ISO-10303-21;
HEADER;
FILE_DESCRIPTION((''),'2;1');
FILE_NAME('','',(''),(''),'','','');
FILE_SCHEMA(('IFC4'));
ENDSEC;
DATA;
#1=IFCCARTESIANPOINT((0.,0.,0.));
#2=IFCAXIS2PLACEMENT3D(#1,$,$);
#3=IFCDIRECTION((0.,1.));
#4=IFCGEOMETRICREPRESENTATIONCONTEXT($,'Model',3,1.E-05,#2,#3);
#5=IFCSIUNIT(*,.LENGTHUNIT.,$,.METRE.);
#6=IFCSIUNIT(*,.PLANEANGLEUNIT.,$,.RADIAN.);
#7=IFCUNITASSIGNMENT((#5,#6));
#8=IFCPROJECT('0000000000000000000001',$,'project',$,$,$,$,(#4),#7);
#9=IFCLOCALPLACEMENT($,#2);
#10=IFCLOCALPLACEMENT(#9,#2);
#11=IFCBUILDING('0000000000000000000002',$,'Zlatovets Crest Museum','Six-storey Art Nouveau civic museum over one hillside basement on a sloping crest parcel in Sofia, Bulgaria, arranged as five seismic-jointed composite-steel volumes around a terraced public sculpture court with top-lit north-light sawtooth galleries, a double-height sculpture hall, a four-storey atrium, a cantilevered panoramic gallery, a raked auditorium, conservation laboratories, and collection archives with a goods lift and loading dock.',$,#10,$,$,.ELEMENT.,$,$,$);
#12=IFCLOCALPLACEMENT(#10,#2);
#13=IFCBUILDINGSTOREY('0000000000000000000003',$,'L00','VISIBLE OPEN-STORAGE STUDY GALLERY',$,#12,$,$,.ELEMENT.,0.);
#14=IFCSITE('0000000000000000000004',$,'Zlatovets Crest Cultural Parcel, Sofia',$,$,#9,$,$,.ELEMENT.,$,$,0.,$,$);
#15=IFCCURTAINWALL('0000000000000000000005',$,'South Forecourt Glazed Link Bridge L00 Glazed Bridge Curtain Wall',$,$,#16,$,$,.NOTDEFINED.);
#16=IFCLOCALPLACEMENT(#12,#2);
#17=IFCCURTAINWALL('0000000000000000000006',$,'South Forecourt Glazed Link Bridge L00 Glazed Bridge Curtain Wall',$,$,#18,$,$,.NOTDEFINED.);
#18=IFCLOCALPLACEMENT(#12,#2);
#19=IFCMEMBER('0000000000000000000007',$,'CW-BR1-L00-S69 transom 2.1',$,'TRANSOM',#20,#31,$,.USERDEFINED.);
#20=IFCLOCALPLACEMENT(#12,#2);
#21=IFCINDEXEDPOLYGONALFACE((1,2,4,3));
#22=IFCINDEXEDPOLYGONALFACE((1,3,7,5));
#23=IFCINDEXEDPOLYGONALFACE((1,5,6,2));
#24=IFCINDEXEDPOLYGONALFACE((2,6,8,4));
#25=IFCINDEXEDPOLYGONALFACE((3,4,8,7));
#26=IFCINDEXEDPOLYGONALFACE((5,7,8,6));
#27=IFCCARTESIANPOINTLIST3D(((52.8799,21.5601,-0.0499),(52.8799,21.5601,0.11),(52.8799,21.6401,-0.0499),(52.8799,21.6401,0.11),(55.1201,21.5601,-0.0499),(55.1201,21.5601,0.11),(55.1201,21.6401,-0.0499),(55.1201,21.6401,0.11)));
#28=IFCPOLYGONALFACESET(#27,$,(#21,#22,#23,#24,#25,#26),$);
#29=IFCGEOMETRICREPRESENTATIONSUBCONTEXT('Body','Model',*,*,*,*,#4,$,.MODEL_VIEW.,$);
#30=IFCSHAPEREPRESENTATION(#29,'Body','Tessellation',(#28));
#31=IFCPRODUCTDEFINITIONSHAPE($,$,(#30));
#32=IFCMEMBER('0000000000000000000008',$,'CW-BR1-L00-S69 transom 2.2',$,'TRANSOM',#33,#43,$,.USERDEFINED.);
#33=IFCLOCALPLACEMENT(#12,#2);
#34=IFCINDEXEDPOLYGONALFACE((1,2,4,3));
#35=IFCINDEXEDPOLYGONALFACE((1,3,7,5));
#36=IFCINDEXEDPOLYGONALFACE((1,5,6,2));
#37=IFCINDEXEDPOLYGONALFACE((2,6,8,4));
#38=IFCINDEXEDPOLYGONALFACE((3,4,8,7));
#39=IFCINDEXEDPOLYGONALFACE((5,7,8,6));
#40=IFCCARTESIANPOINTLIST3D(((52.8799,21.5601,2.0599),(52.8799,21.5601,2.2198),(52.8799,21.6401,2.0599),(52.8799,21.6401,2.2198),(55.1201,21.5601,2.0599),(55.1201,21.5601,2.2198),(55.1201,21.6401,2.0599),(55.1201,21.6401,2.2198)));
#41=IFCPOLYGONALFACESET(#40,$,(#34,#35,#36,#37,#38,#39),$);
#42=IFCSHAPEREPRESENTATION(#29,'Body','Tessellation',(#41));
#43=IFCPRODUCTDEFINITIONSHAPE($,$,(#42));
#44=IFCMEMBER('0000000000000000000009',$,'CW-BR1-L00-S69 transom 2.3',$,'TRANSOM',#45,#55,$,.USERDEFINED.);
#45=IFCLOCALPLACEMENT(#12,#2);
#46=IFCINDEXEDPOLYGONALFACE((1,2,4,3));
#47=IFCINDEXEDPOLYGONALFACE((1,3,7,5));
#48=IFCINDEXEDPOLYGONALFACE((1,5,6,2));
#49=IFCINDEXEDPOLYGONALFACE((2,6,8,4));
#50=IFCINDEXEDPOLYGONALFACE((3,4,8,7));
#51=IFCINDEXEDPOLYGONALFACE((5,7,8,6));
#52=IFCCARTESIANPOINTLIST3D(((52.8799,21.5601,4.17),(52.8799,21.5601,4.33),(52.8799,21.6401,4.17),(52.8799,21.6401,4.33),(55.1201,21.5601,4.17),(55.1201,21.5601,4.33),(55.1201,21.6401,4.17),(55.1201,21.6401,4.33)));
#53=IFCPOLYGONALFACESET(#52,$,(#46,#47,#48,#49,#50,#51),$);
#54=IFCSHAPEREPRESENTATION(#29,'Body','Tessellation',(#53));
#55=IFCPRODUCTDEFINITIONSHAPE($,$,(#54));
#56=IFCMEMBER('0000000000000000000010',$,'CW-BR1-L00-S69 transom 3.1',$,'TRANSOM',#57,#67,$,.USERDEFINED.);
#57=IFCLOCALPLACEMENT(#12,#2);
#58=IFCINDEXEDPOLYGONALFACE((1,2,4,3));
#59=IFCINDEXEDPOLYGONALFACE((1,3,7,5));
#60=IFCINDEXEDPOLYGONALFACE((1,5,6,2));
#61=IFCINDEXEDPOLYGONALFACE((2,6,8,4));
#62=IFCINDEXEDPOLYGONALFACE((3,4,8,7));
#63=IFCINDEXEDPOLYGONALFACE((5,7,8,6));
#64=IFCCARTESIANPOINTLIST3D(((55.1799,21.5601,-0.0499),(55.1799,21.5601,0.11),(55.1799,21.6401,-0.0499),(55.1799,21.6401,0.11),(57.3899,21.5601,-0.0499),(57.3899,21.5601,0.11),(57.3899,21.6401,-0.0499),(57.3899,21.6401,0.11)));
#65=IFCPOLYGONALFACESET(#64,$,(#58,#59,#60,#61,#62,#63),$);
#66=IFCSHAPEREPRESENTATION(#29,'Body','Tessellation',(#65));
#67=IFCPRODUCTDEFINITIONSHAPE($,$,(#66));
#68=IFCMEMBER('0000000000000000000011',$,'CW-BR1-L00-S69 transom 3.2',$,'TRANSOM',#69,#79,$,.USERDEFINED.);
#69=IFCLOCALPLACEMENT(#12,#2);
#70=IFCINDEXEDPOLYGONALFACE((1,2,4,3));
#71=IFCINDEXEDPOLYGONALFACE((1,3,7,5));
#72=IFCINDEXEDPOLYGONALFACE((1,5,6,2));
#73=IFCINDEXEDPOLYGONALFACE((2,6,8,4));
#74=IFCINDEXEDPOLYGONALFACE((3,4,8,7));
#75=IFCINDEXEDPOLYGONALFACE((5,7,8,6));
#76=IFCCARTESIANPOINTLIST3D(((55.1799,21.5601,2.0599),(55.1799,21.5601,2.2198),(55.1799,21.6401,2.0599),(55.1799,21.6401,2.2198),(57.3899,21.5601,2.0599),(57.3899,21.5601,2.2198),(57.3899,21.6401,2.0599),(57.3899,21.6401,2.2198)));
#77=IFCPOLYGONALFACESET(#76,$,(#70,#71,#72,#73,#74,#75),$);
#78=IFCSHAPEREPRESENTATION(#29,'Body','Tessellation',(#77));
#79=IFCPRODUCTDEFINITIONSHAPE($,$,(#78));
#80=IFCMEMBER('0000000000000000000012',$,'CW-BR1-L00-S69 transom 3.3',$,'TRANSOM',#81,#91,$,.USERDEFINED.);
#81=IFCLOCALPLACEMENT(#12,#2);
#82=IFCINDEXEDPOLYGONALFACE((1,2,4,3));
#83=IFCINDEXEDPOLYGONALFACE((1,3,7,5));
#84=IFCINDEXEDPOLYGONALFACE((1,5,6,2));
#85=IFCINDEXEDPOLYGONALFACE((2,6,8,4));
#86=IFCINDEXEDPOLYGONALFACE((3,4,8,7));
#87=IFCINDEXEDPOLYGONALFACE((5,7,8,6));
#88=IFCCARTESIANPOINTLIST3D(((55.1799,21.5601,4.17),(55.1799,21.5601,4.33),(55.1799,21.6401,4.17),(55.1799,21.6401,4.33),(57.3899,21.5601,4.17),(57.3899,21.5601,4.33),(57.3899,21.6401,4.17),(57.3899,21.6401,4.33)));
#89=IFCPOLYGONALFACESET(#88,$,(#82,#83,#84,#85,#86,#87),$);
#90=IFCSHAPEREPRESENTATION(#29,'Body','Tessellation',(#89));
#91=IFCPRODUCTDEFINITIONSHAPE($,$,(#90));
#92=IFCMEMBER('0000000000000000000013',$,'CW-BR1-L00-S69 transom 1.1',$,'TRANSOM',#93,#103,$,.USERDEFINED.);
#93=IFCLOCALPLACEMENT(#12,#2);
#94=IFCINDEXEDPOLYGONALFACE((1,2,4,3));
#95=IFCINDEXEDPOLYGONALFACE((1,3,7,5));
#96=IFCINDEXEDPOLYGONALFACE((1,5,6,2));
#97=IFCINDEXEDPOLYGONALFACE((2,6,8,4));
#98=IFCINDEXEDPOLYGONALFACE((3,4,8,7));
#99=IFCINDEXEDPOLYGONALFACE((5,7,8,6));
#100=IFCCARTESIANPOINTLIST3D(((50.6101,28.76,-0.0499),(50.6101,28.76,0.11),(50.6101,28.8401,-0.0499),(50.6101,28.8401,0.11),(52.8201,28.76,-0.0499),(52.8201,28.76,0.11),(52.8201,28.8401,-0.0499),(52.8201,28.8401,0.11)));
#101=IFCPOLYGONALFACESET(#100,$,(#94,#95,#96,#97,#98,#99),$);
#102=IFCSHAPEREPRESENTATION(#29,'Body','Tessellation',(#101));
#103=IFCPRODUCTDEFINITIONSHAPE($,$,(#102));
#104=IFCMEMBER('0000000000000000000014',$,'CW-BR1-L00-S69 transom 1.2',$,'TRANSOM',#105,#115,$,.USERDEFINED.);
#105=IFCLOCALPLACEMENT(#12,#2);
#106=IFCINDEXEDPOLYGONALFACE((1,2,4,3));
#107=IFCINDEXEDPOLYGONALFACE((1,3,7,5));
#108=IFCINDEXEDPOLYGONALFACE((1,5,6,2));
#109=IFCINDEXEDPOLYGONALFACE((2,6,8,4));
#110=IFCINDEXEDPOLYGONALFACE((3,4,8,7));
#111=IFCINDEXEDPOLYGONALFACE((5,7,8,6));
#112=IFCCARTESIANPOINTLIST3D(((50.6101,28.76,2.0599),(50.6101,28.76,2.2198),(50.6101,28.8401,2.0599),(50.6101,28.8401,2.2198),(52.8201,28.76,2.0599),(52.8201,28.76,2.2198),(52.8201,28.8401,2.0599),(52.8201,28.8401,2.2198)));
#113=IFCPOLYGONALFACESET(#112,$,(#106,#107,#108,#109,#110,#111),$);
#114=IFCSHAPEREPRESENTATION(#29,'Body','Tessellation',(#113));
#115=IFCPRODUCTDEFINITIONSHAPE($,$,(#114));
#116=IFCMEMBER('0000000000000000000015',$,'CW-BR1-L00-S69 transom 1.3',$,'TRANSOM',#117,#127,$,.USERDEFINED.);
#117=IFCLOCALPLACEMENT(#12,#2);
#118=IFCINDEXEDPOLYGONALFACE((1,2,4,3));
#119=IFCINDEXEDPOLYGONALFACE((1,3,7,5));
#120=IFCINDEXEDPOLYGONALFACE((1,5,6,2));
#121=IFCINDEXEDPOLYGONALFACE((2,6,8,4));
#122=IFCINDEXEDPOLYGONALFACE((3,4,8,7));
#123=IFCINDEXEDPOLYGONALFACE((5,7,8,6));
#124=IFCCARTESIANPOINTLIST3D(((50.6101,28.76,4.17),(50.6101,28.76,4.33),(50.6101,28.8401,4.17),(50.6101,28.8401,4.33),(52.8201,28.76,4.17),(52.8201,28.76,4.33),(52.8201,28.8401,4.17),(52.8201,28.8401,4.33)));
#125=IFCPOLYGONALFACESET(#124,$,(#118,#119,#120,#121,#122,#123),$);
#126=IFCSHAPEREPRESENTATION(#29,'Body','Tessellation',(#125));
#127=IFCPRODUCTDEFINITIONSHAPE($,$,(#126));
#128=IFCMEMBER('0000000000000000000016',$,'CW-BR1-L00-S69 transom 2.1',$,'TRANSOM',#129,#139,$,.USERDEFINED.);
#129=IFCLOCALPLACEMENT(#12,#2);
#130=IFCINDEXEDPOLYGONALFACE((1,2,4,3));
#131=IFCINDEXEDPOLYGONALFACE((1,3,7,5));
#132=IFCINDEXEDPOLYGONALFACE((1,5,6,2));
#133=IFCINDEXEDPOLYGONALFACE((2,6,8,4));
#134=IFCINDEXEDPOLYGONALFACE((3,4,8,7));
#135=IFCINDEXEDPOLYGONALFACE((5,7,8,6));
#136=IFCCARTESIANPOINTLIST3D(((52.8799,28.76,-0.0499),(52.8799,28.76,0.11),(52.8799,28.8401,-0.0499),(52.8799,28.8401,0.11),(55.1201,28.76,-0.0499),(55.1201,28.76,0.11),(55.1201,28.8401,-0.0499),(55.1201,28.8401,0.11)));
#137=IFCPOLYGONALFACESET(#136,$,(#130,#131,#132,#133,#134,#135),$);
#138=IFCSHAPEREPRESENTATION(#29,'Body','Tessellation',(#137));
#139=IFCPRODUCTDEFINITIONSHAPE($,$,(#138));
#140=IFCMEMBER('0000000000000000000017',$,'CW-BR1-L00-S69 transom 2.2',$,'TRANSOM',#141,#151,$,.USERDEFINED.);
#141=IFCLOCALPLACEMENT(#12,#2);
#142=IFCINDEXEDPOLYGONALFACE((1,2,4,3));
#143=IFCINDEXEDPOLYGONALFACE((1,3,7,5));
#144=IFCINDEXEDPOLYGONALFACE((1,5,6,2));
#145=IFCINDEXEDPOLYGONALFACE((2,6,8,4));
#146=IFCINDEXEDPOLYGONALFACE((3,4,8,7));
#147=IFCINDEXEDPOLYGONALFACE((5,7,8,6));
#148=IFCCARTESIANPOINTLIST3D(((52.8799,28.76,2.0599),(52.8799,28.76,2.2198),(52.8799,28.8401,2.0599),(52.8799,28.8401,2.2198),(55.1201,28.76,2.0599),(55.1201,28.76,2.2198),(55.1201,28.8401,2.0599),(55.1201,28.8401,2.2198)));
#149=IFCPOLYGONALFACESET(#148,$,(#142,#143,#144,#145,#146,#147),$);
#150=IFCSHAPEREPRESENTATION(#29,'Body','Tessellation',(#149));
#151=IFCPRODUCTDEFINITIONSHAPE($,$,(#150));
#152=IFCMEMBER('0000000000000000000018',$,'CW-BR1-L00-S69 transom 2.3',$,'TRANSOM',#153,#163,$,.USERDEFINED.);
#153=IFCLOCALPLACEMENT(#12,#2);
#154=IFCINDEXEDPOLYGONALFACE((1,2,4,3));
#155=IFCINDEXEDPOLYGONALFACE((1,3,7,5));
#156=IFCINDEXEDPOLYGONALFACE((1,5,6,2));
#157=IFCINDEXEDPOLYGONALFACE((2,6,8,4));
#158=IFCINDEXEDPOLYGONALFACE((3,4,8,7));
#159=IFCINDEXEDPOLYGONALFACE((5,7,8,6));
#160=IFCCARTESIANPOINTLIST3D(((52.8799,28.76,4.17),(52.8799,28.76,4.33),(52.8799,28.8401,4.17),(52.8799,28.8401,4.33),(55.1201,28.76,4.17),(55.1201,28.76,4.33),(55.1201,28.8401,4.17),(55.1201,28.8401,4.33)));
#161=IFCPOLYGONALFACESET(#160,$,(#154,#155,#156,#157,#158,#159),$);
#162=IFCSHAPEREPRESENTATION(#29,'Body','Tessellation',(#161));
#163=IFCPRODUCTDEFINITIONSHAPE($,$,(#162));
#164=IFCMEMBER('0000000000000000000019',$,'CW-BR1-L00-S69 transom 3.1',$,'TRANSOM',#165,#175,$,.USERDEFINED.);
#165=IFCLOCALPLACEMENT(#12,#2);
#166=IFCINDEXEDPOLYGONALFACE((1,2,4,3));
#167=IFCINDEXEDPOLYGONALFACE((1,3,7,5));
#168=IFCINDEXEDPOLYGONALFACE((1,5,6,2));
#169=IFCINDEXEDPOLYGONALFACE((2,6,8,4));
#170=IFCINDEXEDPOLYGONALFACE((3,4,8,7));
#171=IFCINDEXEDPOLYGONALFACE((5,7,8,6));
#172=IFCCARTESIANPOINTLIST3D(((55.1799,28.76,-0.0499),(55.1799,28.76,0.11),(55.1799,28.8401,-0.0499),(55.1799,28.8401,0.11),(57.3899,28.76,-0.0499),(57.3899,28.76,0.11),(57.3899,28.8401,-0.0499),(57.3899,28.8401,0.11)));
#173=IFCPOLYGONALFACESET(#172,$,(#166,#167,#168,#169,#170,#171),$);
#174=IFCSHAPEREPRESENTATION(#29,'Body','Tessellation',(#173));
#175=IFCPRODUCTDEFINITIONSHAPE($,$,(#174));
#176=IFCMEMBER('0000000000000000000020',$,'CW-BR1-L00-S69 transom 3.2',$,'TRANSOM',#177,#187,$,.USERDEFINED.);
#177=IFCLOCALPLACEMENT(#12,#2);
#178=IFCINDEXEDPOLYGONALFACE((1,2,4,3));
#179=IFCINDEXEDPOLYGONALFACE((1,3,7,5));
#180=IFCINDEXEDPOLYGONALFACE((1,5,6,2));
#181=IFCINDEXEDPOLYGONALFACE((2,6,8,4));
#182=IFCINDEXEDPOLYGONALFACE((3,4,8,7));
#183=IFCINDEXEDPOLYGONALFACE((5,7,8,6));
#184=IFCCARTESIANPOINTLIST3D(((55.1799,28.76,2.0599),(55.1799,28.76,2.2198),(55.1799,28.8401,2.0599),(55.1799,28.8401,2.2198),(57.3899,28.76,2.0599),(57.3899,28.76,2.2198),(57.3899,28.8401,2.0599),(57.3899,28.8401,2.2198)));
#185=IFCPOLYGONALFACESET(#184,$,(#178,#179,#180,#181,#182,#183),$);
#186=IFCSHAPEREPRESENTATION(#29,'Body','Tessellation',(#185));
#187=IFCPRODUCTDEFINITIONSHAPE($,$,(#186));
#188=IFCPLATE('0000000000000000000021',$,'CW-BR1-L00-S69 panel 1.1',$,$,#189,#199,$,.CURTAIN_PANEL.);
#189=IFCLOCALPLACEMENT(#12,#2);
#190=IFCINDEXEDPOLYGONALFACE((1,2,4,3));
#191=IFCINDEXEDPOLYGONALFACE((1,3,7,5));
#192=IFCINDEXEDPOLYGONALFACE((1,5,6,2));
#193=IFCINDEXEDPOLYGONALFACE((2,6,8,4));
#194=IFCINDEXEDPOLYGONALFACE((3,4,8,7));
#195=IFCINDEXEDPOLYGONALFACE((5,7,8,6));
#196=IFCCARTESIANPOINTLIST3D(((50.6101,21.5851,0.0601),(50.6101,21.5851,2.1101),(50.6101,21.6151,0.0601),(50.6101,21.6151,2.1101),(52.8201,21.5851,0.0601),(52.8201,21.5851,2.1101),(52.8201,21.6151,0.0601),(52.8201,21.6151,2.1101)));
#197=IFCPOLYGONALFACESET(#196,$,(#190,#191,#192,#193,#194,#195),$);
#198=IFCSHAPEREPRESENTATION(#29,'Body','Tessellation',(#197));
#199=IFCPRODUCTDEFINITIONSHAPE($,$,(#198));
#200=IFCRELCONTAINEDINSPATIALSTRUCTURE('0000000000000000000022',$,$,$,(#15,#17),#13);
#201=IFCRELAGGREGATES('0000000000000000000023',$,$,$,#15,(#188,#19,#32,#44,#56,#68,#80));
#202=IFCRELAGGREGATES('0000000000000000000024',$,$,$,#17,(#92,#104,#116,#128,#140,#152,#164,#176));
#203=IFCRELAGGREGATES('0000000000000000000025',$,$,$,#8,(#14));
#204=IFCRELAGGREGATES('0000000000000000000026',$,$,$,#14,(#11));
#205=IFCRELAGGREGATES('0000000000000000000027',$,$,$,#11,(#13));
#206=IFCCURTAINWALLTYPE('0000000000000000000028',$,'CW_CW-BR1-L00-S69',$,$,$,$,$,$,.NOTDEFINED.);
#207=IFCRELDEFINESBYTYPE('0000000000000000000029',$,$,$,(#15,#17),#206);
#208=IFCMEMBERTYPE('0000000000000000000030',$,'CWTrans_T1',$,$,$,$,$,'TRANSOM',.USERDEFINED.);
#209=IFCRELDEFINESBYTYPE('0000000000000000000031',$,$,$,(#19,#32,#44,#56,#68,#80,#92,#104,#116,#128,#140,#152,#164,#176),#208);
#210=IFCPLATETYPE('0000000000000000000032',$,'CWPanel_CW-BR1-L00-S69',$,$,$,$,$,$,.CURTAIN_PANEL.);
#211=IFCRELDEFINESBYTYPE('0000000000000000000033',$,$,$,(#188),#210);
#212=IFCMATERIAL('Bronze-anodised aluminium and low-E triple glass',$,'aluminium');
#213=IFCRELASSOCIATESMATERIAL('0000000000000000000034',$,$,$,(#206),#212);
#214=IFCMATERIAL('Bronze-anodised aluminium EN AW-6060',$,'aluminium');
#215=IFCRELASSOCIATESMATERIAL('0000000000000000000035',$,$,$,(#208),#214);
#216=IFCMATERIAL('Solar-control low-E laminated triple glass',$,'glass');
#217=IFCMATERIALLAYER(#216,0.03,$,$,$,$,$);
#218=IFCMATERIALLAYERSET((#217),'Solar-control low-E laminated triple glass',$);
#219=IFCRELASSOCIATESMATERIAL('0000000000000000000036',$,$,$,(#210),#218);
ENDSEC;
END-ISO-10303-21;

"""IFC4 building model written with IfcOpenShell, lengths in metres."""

from ifc_helpers import new_model, si_unit, direction, frame, origin, origin_2d, place, context, subcontext, project, spatial, rectangle, extrude, material, layer, layer_set, material_profile, profile_set, type_object, element, aggregate, save


model = new_model("IFC4")

# Units and contexts
model_context = context("Model", 3, precision=1e-05, world=origin(), true_north=direction((0.0, 1.0)))
body_context = subcontext(model_context, "Body", "Model", "MODEL_VIEW")
ifc_project = project(units=[si_unit("LENGTHUNIT", "METRE"), si_unit("PLANEANGLEUNIT", "RADIAN")], contexts=[model_context])

# Site, building, storey
site_placement = place(None, origin())
site = spatial("IfcSite", under=ifc_project, at=site_placement, Name="Zlatovets Crest Cultural Parcel, Sofia", CompositionType="ELEMENT", RefElevation=0.0)
building_placement = place(site_placement, origin())
building = spatial("IfcBuilding", under=site, at=building_placement, Name="Zlatovets Crest Museum", Description="Six-storey Art Nouveau civic museum over one hillside basement on a sloping crest parcel in Sofia, Bulgaria, arranged as five seismic-jointed composite-steel volumes around a terraced public sculpture court with top-lit north-light sawtooth galleries, a double-height sculpture hall, a four-storey atrium, a cantilevered panoramic gallery, a raked auditorium, conservation laboratories, and collection archives with a goods lift and loading dock.", CompositionType="ELEMENT")
storey_placement = place(building_placement, origin())
storey = spatial("IfcBuildingStorey", under=building, at=storey_placement, Name="L00", Description="VISIBLE OPEN-STORAGE STUDY GALLERY", CompositionType="ELEMENT", Elevation=0.0)

# Curtain walls
ifc_material_1 = material(Name="Bronze-anodised aluminium and low-E triple glass", Category="aluminium")
curtain_wall_type = type_object("IfcCurtainWallType", Name="CW_CW-BR1-L00-S69", PredefinedType="NOTDEFINED", material=ifc_material_1)
curtain_wall_1_placement = place(storey_placement, origin())
curtain_wall_1 = element("IfcCurtainWall", 1, at=curtain_wall_1_placement, inside=storey, type_object=curtain_wall_type, Name="South Forecourt Glazed Link Bridge L00 Glazed Bridge Curtain Wall", PredefinedType="NOTDEFINED")
ifc_material_2 = material(Name="Bronze-anodised aluminium EN AW-6060", Category="aluminium")
curtain_wall_2_placement = place(storey_placement, origin())
curtain_wall_2 = element("IfcCurtainWall", 2, at=curtain_wall_2_placement, inside=storey, type_object=curtain_wall_type, Name="South Forecourt Glazed Link Bridge L00 Glazed Bridge Curtain Wall", PredefinedType="NOTDEFINED")

# Members
ifc_material_profile_1 = material_profile(ifc_material_2, rectangle(XDim=0.0801, YDim=0.1599, at=origin_2d()), Name="ALU 80x160")
ifc_profile_set_1 = profile_set([ifc_material_profile_1], Name="Bronze-anodised aluminium EN AW-6060")
member_type_1 = type_object("IfcMemberType", Name="CWTrans_T1", ElementType="TRANSOM", PredefinedType="USERDEFINED", material=ifc_profile_set_1)
member_1_placement = place(storey_placement, frame((52.8799, 21.6001, 0.03), z_axis=(1.0, 0.0, 0.0), x_axis=(0.0, 1.0, 0.0)))
member_1 = element("IfcMember", 3, at=member_1_placement, type_object=member_type_1, Name="CW-BR1-L00-S69 transom 2.1", ObjectType="TRANSOM", PredefinedType="USERDEFINED", context=body_context, shape_type="SweptSolid", body=[
    extrude(rectangle(XDim=0.0801, YDim=0.1599, at=origin_2d()), origin(), (0.0, 0.0, 1.0), 2.2402),
])
member_2_placement = place(storey_placement, frame((52.8799, 21.6001, 2.1399), z_axis=(1.0, 0.0, 0.0), x_axis=(0.0, 1.0, 0.0)))
member_2 = element("IfcMember", 4, at=member_2_placement, type_object=member_type_1, Name="CW-BR1-L00-S69 transom 2.2", ObjectType="TRANSOM", PredefinedType="USERDEFINED", context=body_context, shape_type="SweptSolid", body=[
    extrude(rectangle(XDim=0.0801, YDim=0.1599, at=origin_2d()), origin(), (0.0, 0.0, 1.0), 2.2402),
])
member_3_placement = place(storey_placement, frame((52.8799, 21.6001, 4.25), z_axis=(1.0, 0.0, 0.0), x_axis=(0.0, 1.0, 0.0)))
member_3 = element("IfcMember", 5, at=member_3_placement, type_object=member_type_1, Name="CW-BR1-L00-S69 transom 2.3", ObjectType="TRANSOM", PredefinedType="USERDEFINED", context=body_context, shape_type="SweptSolid", body=[
    extrude(rectangle(XDim=0.0801, YDim=0.1599, at=origin_2d()), origin(), (0.0, 0.0, 1.0), 2.2402),
])
member_4_placement = place(storey_placement, frame((55.1799, 21.6001, 0.03), z_axis=(1.0, 0.0, 0.0), x_axis=(0.0, 1.0, 0.0)))
member_4 = element("IfcMember", 6, at=member_4_placement, type_object=member_type_1, Name="CW-BR1-L00-S69 transom 3.1", ObjectType="TRANSOM", PredefinedType="USERDEFINED", context=body_context, shape_type="SweptSolid", body=[
    extrude(rectangle(XDim=0.0801, YDim=0.1599, at=origin_2d()), origin(), (0.0, 0.0, 1.0), 2.21),
])
member_5_placement = place(storey_placement, frame((55.1799, 21.6001, 2.1399), z_axis=(1.0, 0.0, 0.0), x_axis=(0.0, 1.0, 0.0)))
member_5 = element("IfcMember", 7, at=member_5_placement, type_object=member_type_1, Name="CW-BR1-L00-S69 transom 3.2", ObjectType="TRANSOM", PredefinedType="USERDEFINED", context=body_context, shape_type="SweptSolid", body=[
    extrude(rectangle(XDim=0.0801, YDim=0.1599, at=origin_2d()), origin(), (0.0, 0.0, 1.0), 2.21),
])
member_6_placement = place(storey_placement, frame((55.1799, 21.6001, 4.25), z_axis=(1.0, 0.0, 0.0), x_axis=(0.0, 1.0, 0.0)))
member_6 = element("IfcMember", 8, at=member_6_placement, type_object=member_type_1, Name="CW-BR1-L00-S69 transom 3.3", ObjectType="TRANSOM", PredefinedType="USERDEFINED", context=body_context, shape_type="SweptSolid", body=[
    extrude(rectangle(XDim=0.0801, YDim=0.1599, at=origin_2d()), origin(), (0.0, 0.0, 1.0), 2.21),
])
member_7_placement = place(storey_placement, frame((50.6101, 28.8, 0.03), z_axis=(1.0, 0.0, 0.0), x_axis=(0.0, 1.0, 0.0)))
member_7 = element("IfcMember", 9, at=member_7_placement, type_object=member_type_1, Name="CW-BR1-L00-S69 transom 1.1", ObjectType="TRANSOM", PredefinedType="USERDEFINED", context=body_context, shape_type="SweptSolid", body=[
    extrude(rectangle(XDim=0.0801, YDim=0.1599, at=origin_2d()), origin(), (0.0, 0.0, 1.0), 2.21),
])
member_8_placement = place(storey_placement, frame((50.6101, 28.8, 2.1399), z_axis=(1.0, 0.0, 0.0), x_axis=(0.0, 1.0, 0.0)))
member_8 = element("IfcMember", 10, at=member_8_placement, type_object=member_type_1, Name="CW-BR1-L00-S69 transom 1.2", ObjectType="TRANSOM", PredefinedType="USERDEFINED", context=body_context, shape_type="SweptSolid", body=[
    extrude(rectangle(XDim=0.0801, YDim=0.1599, at=origin_2d()), origin(), (0.0, 0.0, 1.0), 2.21),
])
member_9_placement = place(storey_placement, frame((50.6101, 28.8, 4.25), z_axis=(1.0, 0.0, 0.0), x_axis=(0.0, 1.0, 0.0)))
member_9 = element("IfcMember", 11, at=member_9_placement, type_object=member_type_1, Name="CW-BR1-L00-S69 transom 1.3", ObjectType="TRANSOM", PredefinedType="USERDEFINED", context=body_context, shape_type="SweptSolid", body=[
    extrude(rectangle(XDim=0.0801, YDim=0.1599, at=origin_2d()), origin(), (0.0, 0.0, 1.0), 2.21),
])
member_10_placement = place(storey_placement, frame((52.8799, 28.8, 0.03), z_axis=(1.0, 0.0, 0.0), x_axis=(0.0, 1.0, 0.0)))
member_10 = element("IfcMember", 12, at=member_10_placement, type_object=member_type_1, Name="CW-BR1-L00-S69 transom 2.1", ObjectType="TRANSOM", PredefinedType="USERDEFINED", context=body_context, shape_type="SweptSolid", body=[
    extrude(rectangle(XDim=0.0801, YDim=0.1599, at=origin_2d()), origin(), (0.0, 0.0, 1.0), 2.2402),
])
member_11_placement = place(storey_placement, frame((52.8799, 28.8, 2.1399), z_axis=(1.0, 0.0, 0.0), x_axis=(0.0, 1.0, 0.0)))
member_11 = element("IfcMember", 13, at=member_11_placement, type_object=member_type_1, Name="CW-BR1-L00-S69 transom 2.2", ObjectType="TRANSOM", PredefinedType="USERDEFINED", context=body_context, shape_type="SweptSolid", body=[
    extrude(rectangle(XDim=0.0801, YDim=0.1599, at=origin_2d()), origin(), (0.0, 0.0, 1.0), 2.2402),
])
member_12_placement = place(storey_placement, frame((52.8799, 28.8, 4.25), z_axis=(1.0, 0.0, 0.0), x_axis=(0.0, 1.0, 0.0)))
member_12 = element("IfcMember", 14, at=member_12_placement, type_object=member_type_1, Name="CW-BR1-L00-S69 transom 2.3", ObjectType="TRANSOM", PredefinedType="USERDEFINED", context=body_context, shape_type="SweptSolid", body=[
    extrude(rectangle(XDim=0.0801, YDim=0.1599, at=origin_2d()), origin(), (0.0, 0.0, 1.0), 2.2402),
])
member_13_placement = place(storey_placement, frame((55.1799, 28.8, 0.03), z_axis=(1.0, 0.0, 0.0), x_axis=(0.0, 1.0, 0.0)))
member_13 = element("IfcMember", 15, at=member_13_placement, type_object=member_type_1, Name="CW-BR1-L00-S69 transom 3.1", ObjectType="TRANSOM", PredefinedType="USERDEFINED", context=body_context, shape_type="SweptSolid", body=[
    extrude(rectangle(XDim=0.0801, YDim=0.1599, at=origin_2d()), origin(), (0.0, 0.0, 1.0), 2.21),
])
member_14_placement = place(storey_placement, frame((55.1799, 28.8, 2.1399), z_axis=(1.0, 0.0, 0.0), x_axis=(0.0, 1.0, 0.0)))
member_14 = element("IfcMember", 16, at=member_14_placement, type_object=member_type_1, Name="CW-BR1-L00-S69 transom 3.2", ObjectType="TRANSOM", PredefinedType="USERDEFINED", context=body_context, shape_type="SweptSolid", body=[
    extrude(rectangle(XDim=0.0801, YDim=0.1599, at=origin_2d()), origin(), (0.0, 0.0, 1.0), 2.21),
])

# Plate
ifc_material_3 = material(Name="Solar-control low-E laminated triple glass", Category="glass")
ifc_layer = layer(ifc_material_3, 0.03)
ifc_layer_set = layer_set([ifc_layer], Name="Solar-control low-E laminated triple glass")
plate_type = type_object("IfcPlateType", Name="CWPanel_CW-BR1-L00-S69", PredefinedType="CURTAIN_PANEL", material=ifc_layer_set)
plate_1_placement = place(storey_placement, frame((51.7151, 21.6001, 0.0601), z_axis=(0.0, 0.0, 1.0), x_axis=(1.0, 0.0, 0.0)))
plate_1 = element("IfcPlate", 17, at=plate_1_placement, type_object=plate_type, Name="CW-BR1-L00-S69 panel 1.1", PredefinedType="CURTAIN_PANEL", context=body_context, shape_type="SweptSolid", body=[
    extrude(rectangle(XDim=2.21, YDim=0.03, at=origin_2d()), origin(), (0.0, 0.0, 1.0), 2.05),
])
aggregate(curtain_wall_1, [plate_1, member_1, member_2, member_3, member_4, member_5, member_6])
aggregate(curtain_wall_2, [member_7, member_8, member_9, member_10, member_11, member_12, member_13, member_14])

save(model, "model.ifc")
